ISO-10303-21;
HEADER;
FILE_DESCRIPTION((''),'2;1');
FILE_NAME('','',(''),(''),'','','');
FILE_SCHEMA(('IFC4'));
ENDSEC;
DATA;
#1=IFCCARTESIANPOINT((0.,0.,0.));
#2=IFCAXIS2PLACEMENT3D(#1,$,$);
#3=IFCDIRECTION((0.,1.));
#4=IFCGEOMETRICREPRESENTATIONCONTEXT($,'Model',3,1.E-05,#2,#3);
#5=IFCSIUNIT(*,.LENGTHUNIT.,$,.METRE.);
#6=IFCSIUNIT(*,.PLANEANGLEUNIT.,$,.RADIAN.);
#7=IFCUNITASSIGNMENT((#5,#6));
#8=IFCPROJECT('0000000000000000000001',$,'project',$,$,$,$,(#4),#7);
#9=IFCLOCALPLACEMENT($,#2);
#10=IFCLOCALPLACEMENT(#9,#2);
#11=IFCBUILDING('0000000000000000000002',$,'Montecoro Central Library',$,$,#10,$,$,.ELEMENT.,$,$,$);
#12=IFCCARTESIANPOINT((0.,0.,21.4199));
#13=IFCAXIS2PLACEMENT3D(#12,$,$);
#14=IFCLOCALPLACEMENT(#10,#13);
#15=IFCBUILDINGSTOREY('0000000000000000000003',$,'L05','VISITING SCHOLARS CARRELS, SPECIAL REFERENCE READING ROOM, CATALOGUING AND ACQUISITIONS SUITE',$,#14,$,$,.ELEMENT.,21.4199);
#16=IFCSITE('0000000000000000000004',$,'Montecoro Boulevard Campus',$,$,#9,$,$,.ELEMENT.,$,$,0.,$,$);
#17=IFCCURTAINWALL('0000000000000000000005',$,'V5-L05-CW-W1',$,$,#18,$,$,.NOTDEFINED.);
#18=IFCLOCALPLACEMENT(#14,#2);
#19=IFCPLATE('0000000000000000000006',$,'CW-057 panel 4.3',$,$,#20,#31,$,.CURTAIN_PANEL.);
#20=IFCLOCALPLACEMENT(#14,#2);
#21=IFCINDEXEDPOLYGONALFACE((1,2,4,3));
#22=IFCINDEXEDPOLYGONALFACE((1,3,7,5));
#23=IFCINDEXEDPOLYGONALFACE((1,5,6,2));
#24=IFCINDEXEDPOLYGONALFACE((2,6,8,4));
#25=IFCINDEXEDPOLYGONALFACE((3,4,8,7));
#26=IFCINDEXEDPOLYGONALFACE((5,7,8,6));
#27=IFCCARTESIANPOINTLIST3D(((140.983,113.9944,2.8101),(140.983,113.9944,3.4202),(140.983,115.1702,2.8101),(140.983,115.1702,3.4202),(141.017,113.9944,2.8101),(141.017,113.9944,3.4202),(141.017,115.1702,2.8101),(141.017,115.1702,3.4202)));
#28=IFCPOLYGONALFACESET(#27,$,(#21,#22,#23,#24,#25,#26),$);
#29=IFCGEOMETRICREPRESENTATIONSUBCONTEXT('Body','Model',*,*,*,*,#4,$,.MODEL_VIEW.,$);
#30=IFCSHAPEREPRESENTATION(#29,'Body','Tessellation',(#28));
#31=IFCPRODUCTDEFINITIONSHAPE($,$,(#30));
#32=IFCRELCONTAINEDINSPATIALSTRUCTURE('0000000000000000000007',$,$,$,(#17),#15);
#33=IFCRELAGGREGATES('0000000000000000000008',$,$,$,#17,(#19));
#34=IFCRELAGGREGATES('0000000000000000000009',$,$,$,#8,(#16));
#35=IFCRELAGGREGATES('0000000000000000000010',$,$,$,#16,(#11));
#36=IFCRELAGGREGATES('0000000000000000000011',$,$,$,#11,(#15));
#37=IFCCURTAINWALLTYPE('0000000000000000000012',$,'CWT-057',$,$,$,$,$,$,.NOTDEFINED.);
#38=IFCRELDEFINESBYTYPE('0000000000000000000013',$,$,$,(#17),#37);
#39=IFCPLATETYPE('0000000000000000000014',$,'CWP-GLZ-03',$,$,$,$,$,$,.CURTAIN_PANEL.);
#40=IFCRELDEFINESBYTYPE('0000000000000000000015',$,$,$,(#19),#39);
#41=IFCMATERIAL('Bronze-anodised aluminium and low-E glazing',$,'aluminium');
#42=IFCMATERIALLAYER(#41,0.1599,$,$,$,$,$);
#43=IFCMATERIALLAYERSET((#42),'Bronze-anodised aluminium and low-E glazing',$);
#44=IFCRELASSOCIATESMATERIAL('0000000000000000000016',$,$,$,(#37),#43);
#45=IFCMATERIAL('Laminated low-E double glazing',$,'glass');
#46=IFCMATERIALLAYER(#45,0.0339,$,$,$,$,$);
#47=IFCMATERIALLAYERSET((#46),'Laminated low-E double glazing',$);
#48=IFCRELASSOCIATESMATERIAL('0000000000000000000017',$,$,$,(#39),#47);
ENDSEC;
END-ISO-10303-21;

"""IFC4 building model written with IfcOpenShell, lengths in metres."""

from ifc_helpers import new_model, si_unit, direction, frame, origin, origin_2d, place, context, subcontext, project, spatial, rectangle, extrude, material, layer, layer_set, type_object, element, aggregate, save


model = new_model("IFC4")

# Units and contexts
model_context = context("Model", 3, precision=1e-05, world=origin(), true_north=direction((0.0, 1.0)))
body_context = subcontext(model_context, "Body", "Model", "MODEL_VIEW")
ifc_project = project(units=[si_unit("LENGTHUNIT", "METRE"), si_unit("PLANEANGLEUNIT", "RADIAN")], contexts=[model_context])

# Site, building, storey
site_placement = place(None, origin())
site = spatial("IfcSite", under=ifc_project, at=site_placement, Name="Montecoro Boulevard Campus", CompositionType="ELEMENT", RefElevation=0.0)
building_placement = place(site_placement, origin())
building = spatial("IfcBuilding", under=site, at=building_placement, Name="Montecoro Central Library", CompositionType="ELEMENT")
storey_placement = place(building_placement, frame((0.0, 0.0, 21.4199)))
storey = spatial("IfcBuildingStorey", under=building, at=storey_placement, Name="L05", Description="VISITING SCHOLARS CARRELS, SPECIAL REFERENCE READING ROOM, CATALOGUING AND ACQUISITIONS SUITE", CompositionType="ELEMENT", Elevation=21.4199)

# Curtain wall, plate
ifc_material_1 = material(Name="Bronze-anodised aluminium and low-E glazing", Category="aluminium")
ifc_layer_1 = layer(ifc_material_1, 0.1599)
ifc_layer_set_1 = layer_set([ifc_layer_1], Name="Bronze-anodised aluminium and low-E glazing")
curtain_wall_type = type_object("IfcCurtainWallType", Name="CWT-057", PredefinedType="NOTDEFINED", material=ifc_layer_set_1)
curtain_wall_placement = place(storey_placement, origin())
curtain_wall = element("IfcCurtainWall", 1, at=curtain_wall_placement, inside=storey, type_object=curtain_wall_type, Name="V5-L05-CW-W1", PredefinedType="NOTDEFINED")
ifc_material_2 = material(Name="Laminated low-E double glazing", Category="glass")
ifc_layer_2 = layer(ifc_material_2, 0.0339)
ifc_layer_set_2 = layer_set([ifc_layer_2], Name="Laminated low-E double glazing")
plate_type = type_object("IfcPlateType", Name="CWP-GLZ-03", PredefinedType="CURTAIN_PANEL", material=ifc_layer_set_2)
plate_1_placement = place(storey_placement, frame((141.0, 114.5823, 2.8101), z_axis=(0.0, 0.0, 1.0), x_axis=(0.0, -1.0, 0.0)))
plate_1 = element("IfcPlate", 2, at=plate_1_placement, type_object=plate_type, Name="CW-057 panel 4.3", PredefinedType="CURTAIN_PANEL", context=body_context, shape_type="SweptSolid", body=[
    extrude(rectangle(XDim=1.1758, YDim=0.0339, at=origin_2d()), origin(), (0.0, 0.0, 1.0), 0.6101),
])
aggregate(curtain_wall, [plate_1])

save(model, "model.ifc")
